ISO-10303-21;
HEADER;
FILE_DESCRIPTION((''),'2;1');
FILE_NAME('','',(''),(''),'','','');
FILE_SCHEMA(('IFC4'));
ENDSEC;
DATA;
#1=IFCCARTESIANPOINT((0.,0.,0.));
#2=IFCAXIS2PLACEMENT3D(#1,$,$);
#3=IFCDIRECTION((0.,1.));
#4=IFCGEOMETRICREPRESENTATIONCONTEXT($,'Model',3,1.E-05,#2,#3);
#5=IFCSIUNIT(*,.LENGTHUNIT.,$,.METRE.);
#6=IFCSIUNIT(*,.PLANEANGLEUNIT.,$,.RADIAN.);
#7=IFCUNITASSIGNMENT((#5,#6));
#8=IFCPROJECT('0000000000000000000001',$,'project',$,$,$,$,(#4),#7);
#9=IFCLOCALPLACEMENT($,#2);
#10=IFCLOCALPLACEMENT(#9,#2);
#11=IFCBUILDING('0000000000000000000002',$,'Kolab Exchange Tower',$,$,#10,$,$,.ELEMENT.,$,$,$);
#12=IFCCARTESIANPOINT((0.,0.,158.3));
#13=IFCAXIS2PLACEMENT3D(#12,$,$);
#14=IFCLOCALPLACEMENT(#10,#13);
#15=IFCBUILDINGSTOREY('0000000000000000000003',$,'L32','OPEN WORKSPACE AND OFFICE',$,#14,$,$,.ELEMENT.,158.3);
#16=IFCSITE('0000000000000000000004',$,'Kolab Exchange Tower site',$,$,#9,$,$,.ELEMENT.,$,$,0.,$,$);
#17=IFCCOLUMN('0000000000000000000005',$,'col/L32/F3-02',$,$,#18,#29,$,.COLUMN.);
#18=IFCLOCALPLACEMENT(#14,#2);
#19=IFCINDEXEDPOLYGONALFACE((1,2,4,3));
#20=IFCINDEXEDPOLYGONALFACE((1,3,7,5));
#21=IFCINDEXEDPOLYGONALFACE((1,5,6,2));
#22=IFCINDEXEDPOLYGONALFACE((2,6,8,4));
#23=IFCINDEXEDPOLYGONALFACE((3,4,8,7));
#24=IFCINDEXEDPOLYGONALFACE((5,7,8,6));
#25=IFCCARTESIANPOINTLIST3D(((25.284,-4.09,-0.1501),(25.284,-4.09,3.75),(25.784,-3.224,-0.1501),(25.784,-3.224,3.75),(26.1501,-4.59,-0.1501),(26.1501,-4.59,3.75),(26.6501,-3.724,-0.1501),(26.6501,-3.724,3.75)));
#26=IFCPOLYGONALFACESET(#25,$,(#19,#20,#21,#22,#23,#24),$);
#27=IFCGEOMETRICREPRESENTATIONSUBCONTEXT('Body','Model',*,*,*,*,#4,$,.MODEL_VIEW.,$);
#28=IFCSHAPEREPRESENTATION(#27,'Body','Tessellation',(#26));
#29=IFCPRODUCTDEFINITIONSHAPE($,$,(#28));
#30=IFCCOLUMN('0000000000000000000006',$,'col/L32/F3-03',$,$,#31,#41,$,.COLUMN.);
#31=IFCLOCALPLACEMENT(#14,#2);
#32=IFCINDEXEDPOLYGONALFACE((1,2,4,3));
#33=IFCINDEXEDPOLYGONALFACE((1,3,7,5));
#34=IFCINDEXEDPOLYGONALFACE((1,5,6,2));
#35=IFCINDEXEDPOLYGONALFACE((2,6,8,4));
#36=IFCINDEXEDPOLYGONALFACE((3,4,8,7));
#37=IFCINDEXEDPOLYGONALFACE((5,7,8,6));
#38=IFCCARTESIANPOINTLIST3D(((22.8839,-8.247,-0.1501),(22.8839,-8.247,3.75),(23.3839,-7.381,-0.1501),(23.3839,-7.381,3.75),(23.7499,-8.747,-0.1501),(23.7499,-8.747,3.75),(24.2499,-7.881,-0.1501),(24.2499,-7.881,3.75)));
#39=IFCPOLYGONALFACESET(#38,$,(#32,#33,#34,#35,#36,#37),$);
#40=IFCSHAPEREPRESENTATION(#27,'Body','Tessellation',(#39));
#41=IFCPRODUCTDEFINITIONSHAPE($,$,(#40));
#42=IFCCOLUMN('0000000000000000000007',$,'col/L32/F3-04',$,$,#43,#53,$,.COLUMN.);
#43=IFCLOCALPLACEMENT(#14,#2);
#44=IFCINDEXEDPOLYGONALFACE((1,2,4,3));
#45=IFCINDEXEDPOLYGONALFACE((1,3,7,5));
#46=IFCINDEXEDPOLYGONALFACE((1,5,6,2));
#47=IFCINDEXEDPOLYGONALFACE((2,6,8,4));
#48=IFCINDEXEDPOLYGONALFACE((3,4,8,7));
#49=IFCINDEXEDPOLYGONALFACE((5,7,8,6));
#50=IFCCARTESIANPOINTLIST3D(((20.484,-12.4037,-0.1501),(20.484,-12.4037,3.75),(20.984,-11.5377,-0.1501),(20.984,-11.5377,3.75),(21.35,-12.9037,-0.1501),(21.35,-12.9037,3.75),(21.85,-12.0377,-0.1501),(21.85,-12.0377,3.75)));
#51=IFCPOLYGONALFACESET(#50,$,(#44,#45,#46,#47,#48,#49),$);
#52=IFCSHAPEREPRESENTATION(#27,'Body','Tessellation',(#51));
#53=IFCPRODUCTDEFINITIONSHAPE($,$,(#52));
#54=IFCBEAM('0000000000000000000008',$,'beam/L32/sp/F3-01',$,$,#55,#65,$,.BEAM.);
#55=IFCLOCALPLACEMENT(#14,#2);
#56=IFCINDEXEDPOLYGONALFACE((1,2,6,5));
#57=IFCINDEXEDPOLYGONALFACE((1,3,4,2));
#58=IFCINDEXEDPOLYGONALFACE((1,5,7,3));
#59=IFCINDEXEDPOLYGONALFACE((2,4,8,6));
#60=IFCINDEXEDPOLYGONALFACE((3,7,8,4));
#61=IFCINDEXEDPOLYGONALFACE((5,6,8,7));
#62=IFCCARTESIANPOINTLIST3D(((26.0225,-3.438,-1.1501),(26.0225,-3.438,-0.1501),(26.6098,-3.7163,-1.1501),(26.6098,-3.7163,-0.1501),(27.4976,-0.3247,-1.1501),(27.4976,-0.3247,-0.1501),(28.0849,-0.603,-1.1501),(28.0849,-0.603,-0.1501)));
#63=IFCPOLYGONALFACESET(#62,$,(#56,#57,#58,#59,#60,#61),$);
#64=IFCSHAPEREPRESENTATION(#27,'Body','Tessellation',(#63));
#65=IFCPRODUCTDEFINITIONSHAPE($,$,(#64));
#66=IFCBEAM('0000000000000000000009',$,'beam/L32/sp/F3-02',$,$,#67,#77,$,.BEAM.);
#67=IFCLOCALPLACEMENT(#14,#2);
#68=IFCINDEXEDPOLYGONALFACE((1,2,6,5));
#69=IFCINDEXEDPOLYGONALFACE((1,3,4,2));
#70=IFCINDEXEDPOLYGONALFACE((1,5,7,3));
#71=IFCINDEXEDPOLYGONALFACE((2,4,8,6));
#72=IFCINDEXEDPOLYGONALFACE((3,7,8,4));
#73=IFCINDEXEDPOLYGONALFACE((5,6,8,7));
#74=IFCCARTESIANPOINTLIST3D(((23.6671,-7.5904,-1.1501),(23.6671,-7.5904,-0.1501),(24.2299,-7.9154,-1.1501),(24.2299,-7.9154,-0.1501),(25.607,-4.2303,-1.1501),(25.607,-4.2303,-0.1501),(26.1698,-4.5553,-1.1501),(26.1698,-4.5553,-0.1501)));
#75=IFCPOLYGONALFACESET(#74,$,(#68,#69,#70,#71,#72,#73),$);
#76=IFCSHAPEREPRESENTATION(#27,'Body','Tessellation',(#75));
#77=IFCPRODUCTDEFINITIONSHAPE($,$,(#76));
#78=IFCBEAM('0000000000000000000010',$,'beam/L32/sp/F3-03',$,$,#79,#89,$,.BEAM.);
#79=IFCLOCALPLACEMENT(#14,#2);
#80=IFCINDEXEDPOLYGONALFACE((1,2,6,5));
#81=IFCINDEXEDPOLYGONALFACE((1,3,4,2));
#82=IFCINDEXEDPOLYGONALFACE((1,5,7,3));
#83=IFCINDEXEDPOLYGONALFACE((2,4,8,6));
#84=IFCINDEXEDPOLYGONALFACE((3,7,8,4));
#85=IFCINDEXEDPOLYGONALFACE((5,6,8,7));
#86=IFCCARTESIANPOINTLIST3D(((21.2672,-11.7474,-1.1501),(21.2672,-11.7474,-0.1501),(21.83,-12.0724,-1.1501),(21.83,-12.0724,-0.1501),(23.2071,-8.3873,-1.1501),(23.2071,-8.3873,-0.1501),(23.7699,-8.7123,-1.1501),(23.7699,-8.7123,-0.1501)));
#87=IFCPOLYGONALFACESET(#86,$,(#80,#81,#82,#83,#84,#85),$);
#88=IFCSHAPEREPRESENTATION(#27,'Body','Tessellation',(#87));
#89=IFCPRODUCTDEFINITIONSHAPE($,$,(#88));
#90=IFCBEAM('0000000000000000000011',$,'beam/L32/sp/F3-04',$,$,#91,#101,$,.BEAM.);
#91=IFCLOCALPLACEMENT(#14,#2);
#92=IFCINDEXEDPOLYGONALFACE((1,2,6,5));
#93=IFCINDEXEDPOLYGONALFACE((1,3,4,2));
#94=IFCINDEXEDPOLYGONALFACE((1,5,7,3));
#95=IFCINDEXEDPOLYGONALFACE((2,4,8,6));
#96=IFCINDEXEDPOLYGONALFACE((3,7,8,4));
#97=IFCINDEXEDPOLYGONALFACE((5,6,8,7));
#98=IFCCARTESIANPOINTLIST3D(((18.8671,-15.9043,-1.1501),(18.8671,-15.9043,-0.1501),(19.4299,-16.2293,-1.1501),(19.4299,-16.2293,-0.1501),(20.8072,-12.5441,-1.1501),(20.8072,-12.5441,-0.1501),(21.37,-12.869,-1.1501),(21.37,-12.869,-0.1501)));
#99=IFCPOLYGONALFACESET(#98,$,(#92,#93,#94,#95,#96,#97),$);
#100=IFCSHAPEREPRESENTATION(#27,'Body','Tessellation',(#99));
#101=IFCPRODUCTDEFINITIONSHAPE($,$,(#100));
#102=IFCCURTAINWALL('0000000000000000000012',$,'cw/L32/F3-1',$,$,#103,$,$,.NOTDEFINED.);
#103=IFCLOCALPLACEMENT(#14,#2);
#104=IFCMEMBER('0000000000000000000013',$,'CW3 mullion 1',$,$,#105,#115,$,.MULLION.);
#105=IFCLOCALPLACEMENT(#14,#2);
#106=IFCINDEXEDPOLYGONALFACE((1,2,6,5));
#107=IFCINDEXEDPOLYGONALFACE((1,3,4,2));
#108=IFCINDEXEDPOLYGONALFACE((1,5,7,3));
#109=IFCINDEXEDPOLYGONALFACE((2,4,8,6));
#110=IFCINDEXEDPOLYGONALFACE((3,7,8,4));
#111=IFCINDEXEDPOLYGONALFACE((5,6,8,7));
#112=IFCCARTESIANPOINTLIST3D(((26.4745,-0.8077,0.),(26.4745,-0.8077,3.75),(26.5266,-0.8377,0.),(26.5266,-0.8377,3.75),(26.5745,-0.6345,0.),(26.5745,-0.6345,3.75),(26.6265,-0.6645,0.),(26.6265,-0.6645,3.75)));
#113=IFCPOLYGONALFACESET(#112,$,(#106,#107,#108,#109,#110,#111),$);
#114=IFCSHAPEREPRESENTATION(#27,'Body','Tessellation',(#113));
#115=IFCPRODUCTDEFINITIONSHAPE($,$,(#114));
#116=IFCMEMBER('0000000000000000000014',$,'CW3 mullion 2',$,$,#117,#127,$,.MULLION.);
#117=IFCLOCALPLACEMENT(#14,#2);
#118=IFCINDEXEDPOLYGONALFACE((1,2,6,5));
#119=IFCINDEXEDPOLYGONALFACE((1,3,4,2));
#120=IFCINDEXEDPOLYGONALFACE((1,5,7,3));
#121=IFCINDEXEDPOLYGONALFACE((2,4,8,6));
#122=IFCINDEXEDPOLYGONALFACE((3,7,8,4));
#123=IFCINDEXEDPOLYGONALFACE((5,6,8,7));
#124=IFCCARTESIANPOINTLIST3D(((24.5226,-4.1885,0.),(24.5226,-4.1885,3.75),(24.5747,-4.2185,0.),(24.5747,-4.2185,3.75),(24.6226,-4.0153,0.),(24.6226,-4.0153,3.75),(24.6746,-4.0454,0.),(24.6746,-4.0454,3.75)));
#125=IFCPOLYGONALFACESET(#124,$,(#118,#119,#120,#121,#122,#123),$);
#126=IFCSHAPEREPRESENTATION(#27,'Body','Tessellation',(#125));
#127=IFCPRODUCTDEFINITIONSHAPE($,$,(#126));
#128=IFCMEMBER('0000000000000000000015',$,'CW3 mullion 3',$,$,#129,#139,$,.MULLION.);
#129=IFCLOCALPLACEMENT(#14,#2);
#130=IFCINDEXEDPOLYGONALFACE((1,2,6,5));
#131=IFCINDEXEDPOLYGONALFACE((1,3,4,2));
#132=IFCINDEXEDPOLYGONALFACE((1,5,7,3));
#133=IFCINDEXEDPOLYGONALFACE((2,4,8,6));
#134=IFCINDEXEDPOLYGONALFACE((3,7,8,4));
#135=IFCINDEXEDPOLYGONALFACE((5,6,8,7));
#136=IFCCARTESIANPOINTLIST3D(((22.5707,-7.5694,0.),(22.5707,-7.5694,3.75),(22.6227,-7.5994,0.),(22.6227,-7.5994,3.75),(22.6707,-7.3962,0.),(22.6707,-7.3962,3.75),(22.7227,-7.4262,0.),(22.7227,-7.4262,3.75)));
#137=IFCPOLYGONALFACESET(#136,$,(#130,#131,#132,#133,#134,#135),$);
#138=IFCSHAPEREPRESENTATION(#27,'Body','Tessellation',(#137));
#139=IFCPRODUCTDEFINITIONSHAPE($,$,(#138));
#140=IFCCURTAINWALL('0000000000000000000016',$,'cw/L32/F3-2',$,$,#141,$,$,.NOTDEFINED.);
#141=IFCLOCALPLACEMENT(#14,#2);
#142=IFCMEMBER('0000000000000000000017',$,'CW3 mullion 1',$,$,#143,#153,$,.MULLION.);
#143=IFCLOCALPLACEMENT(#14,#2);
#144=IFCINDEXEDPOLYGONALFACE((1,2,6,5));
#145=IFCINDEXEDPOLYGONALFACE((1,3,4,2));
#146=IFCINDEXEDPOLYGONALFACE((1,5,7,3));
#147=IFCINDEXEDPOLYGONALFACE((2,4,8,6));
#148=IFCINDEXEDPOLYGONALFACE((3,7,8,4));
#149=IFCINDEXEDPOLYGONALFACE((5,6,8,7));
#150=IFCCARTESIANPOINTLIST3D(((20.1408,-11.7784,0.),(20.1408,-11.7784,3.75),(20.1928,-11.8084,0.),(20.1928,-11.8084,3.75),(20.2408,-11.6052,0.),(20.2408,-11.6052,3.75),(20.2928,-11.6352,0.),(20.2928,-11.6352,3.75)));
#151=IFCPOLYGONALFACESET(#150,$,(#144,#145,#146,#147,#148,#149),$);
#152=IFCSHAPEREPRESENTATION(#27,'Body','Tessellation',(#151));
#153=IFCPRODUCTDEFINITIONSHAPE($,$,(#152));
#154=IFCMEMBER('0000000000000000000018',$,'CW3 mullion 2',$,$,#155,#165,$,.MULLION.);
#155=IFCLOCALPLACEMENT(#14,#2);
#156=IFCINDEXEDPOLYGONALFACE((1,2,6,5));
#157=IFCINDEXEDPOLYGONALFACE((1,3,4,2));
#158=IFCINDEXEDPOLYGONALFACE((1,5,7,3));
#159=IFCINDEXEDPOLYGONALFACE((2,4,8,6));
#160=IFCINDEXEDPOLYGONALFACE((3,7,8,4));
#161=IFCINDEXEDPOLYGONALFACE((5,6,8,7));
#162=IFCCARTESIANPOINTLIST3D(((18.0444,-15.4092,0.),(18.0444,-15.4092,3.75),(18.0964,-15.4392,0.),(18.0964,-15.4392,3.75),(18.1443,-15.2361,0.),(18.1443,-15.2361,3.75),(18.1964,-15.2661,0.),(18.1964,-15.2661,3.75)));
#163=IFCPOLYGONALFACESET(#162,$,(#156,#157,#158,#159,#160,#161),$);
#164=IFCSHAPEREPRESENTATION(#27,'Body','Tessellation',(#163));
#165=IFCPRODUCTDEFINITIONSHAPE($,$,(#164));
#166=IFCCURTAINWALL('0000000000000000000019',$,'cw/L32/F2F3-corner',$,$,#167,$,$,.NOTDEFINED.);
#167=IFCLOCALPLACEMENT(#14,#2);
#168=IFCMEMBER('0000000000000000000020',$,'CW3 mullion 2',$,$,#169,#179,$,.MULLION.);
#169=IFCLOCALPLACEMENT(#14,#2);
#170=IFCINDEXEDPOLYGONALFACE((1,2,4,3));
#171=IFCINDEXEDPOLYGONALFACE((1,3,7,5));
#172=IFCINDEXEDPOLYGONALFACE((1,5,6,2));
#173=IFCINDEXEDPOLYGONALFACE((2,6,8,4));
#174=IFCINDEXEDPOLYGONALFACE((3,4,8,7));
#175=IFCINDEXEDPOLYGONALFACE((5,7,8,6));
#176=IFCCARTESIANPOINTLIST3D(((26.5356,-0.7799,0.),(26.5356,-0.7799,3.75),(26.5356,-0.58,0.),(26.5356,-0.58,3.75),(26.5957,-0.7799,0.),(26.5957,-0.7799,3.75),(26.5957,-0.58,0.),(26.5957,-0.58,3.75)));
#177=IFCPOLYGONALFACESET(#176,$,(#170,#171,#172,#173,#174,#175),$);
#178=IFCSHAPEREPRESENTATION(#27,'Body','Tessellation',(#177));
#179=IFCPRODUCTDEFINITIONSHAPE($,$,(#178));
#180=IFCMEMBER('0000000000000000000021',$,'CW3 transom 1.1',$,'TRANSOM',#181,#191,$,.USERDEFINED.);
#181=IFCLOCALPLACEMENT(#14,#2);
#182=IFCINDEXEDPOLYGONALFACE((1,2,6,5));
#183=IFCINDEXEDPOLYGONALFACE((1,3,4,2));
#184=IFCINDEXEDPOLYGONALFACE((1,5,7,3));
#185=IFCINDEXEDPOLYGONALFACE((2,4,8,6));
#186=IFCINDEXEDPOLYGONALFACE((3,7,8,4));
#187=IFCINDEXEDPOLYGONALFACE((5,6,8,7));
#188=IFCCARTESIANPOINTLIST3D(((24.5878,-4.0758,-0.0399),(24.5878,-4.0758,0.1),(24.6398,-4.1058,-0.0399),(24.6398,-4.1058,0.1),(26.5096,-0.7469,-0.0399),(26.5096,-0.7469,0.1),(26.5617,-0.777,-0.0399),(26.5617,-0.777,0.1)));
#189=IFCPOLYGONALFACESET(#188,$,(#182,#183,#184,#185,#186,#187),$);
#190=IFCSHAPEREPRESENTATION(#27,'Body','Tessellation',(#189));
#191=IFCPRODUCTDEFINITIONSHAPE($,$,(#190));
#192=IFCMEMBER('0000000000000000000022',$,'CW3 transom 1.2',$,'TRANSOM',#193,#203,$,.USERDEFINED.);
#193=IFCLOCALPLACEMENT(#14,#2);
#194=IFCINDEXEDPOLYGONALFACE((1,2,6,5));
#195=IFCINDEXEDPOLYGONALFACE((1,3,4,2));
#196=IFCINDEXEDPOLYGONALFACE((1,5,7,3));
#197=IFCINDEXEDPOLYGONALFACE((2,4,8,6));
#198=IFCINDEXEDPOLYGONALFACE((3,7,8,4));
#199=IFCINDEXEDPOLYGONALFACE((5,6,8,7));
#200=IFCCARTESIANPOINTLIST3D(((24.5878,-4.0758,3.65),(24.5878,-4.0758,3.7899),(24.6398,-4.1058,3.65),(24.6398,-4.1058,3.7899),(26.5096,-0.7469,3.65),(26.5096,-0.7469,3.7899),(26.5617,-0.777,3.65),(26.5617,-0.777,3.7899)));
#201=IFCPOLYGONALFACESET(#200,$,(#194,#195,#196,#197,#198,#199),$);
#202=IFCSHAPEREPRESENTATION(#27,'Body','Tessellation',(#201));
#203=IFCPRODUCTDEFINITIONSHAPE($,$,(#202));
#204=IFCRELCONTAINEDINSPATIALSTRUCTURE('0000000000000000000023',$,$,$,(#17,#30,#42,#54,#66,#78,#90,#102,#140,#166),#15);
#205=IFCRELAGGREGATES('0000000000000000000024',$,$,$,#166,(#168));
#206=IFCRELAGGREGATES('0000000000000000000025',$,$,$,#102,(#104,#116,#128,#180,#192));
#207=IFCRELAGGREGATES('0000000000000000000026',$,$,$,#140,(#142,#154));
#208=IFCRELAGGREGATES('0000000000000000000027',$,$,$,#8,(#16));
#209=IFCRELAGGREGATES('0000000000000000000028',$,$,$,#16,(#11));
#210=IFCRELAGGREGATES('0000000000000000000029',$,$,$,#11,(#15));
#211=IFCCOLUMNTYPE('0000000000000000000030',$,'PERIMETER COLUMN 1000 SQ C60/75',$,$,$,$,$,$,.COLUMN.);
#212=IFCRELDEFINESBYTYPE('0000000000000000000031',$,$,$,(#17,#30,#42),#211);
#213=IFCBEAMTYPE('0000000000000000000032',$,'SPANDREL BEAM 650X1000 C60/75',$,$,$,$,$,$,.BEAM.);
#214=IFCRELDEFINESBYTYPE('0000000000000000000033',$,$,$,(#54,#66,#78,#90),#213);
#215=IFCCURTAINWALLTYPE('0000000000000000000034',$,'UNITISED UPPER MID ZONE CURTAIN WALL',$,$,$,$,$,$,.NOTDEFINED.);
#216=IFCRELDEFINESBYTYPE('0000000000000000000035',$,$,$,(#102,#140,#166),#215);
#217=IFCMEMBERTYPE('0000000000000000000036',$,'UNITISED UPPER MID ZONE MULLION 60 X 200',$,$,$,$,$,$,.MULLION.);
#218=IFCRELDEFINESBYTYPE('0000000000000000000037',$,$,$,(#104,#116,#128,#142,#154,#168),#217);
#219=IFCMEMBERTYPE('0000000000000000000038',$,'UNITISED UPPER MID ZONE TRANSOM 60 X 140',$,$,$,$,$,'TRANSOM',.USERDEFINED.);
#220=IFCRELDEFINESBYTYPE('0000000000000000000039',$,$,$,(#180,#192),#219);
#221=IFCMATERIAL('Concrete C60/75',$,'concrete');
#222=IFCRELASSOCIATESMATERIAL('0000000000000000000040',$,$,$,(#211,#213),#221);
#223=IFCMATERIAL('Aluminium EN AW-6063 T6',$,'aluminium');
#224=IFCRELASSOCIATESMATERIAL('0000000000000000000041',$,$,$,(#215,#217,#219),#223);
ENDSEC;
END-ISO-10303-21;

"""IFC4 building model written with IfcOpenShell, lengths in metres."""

from ifc_helpers import new_model, si_unit, direction, frame, origin, origin_2d, place, context, subcontext, project, spatial, rectangle, extrude, material, material_profile, profile_set, type_object, element, aggregate, save


model = new_model("IFC4")

# Units and contexts
model_context = context("Model", 3, precision=1e-05, world=origin(), true_north=direction((0.0, 1.0)))
body_context = subcontext(model_context, "Body", "Model", "MODEL_VIEW")
ifc_project = project(units=[si_unit("LENGTHUNIT", "METRE"), si_unit("PLANEANGLEUNIT", "RADIAN")], contexts=[model_context])

# Site, building, storey
site_placement = place(None, origin())
site = spatial("IfcSite", under=ifc_project, at=site_placement, Name="Kolab Exchange Tower site", CompositionType="ELEMENT", RefElevation=0.0)
building_placement = place(site_placement, origin())
building = spatial("IfcBuilding", under=site, at=building_placement, Name="Kolab Exchange Tower", CompositionType="ELEMENT")
storey_placement = place(building_placement, frame((0.0, 0.0, 158.3)))
storey = spatial("IfcBuildingStorey", under=building, at=storey_placement, Name="L32", Description="OPEN WORKSPACE AND OFFICE", CompositionType="ELEMENT", Elevation=158.3)

# Columns
ifc_material_1 = material(Name="Concrete C60/75", Category="concrete")
ifc_material_profile_1 = material_profile(ifc_material_1, rectangle(XDim=1.0, YDim=1.0, at=origin_2d()), Name="RC1000")
ifc_profile_set_1 = profile_set([ifc_material_profile_1], Name="Concrete C60/75")
column_type = type_object("IfcColumnType", Name="PERIMETER COLUMN 1000 SQ C60/75", PredefinedType="COLUMN", material=ifc_profile_set_1)
for number, where, z_axis, x_axis, name in (
    (1, (25.967, -3.907, -0.1501), (0.0, 0.0, 1.0), (0.5, 0.866025, 0.0), "col/L32/F3-02"),
    (2, (23.5669, -8.064, -0.1501), (0.0, 0.0, 1.0), (0.5, 0.866025, 0.0), "col/L32/F3-03"),
    (3, (21.167, -12.2207, -0.1501), (0.0, 0.0, 1.0), (0.5, 0.866025, 0.0), "col/L32/F3-04"),
):
    element("IfcColumn", number, at=place(storey_placement, frame(where, z_axis=z_axis, x_axis=x_axis)), inside=storey, type_object=column_type, Name=name, PredefinedType="COLUMN", context=body_context, shape_type="SweptSolid", body=[
        extrude(rectangle(XDim=1.0, YDim=1.0, at=origin_2d()), origin(), (0.0, 0.0, 1.0), 3.9001),
    ])

# Beams
ifc_material_profile_2 = material_profile(ifc_material_1, rectangle(XDim=0.6499, YDim=1.0, at=origin_2d()), Name="RC650X1000")
ifc_profile_set_2 = profile_set([ifc_material_profile_2], Name="Concrete C60/75")
beam_type = type_object("IfcBeamType", Name="SPANDREL BEAM 650X1000 C60/75", PredefinedType="BEAM", material=ifc_profile_set_2)
beam_1_placement = place(storey_placement, frame((27.7913, -0.4639, -0.6501), z_axis=(-0.428178, -0.903695, 0.0), x_axis=(0.903695, -0.428178, 0.0)))
element("IfcBeam", 4, at=beam_1_placement, inside=storey, type_object=beam_type, Name="beam/L32/sp/F3-01", PredefinedType="BEAM", context=body_context, shape_type="SweptSolid", body=[
    extrude(rectangle(XDim=0.6499, YDim=1.0, at=origin_2d()), origin(), (0.0, 0.0, 1.0), 3.4451),
])
for number, where, z_axis, x_axis, name in (
    (5, (25.8884, -4.3928, -0.6501), (-0.499997, -0.866027, 0.0), (0.866027, -0.499997, 0.0), "beam/L32/sp/F3-02"),
    (6, (23.4885, -8.5498, -0.6501), (-0.499997, -0.866027, 0.0), (0.866027, -0.499997, 0.0), "beam/L32/sp/F3-03"),
):
    element("IfcBeam", number, at=place(storey_placement, frame(where, z_axis=z_axis, x_axis=x_axis)), inside=storey, type_object=beam_type, Name=name, PredefinedType="BEAM", context=body_context, shape_type="SweptSolid", body=[
        extrude(rectangle(XDim=0.6499, YDim=1.0, at=origin_2d()), origin(), (0.0, 0.0, 1.0), 3.8799),
    ])
beam_2_placement = place(storey_placement, frame((21.0886, -12.7065, -0.6501), z_axis=(-0.500017, -0.866016, 0.0), x_axis=(0.866016, -0.500017, 0.0)))
element("IfcBeam", 7, at=beam_2_placement, inside=storey, type_object=beam_type, Name="beam/L32/sp/F3-04", PredefinedType="BEAM", context=body_context, shape_type="SweptSolid", body=[
    extrude(rectangle(XDim=0.6499, YDim=1.0, at=origin_2d()), origin(), (0.0, 0.0, 1.0), 3.8801),
])

# Curtain walls, members
ifc_material_2 = material(Name="Aluminium EN AW-6063 T6", Category="aluminium")
curtain_wall_type = type_object("IfcCurtainWallType", Name="UNITISED UPPER MID ZONE CURTAIN WALL", PredefinedType="NOTDEFINED", material=ifc_material_2)
curtain_wall_1_placement = place(storey_placement, origin())
curtain_wall_1 = element("IfcCurtainWall", 8, at=curtain_wall_1_placement, inside=storey, type_object=curtain_wall_type, Name="cw/L32/F3-1", PredefinedType="NOTDEFINED")
ifc_material_profile_3 = material_profile(ifc_material_2, rectangle(XDim=0.0601, YDim=0.2, at=origin_2d()), Name="RECT 60X200")
ifc_profile_set_3 = profile_set([ifc_material_profile_3], Name="Aluminium EN AW-6063 T6")
member_type_1 = type_object("IfcMemberType", Name="UNITISED UPPER MID ZONE MULLION 60 X 200", PredefinedType="MULLION", material=ifc_profile_set_3)
member_1_placement = place(storey_placement, frame((26.5505, -0.7361, 0.0), z_axis=(0.0, 0.0, 1.0), x_axis=(0.866025, -0.5, 0.0)))
member_1 = element("IfcMember", 9, at=member_1_placement, type_object=member_type_1, Name="CW3 mullion 1", PredefinedType="MULLION", context=body_context, shape_type="SweptSolid", body=[
    extrude(rectangle(XDim=0.0601, YDim=0.2, at=origin_2d()), origin(), (0.0, 0.0, 1.0), 3.75),
])
member_2_placement = place(storey_placement, frame((24.5986, -4.1169, 0.0), z_axis=(0.0, 0.0, 1.0), x_axis=(0.866025, -0.5, 0.0)))
member_2 = element("IfcMember", 10, at=member_2_placement, type_object=member_type_1, Name="CW3 mullion 2", PredefinedType="MULLION", context=body_context, shape_type="SweptSolid", body=[
    extrude(rectangle(XDim=0.0601, YDim=0.2, at=origin_2d()), origin(), (0.0, 0.0, 1.0), 3.75),
])
member_3_placement = place(storey_placement, frame((22.6467, -7.4978, 0.0), z_axis=(0.0, 0.0, 1.0), x_axis=(0.866025, -0.5, 0.0)))
member_3 = element("IfcMember", 11, at=member_3_placement, type_object=member_type_1, Name="CW3 mullion 3", PredefinedType="MULLION", context=body_context, shape_type="SweptSolid", body=[
    extrude(rectangle(XDim=0.0601, YDim=0.2, at=origin_2d()), origin(), (0.0, 0.0, 1.0), 3.75),
])
curtain_wall_2_placement = place(storey_placement, origin())
curtain_wall_2 = element("IfcCurtainWall", 12, at=curtain_wall_2_placement, inside=storey, type_object=curtain_wall_type, Name="cw/L32/F3-2", PredefinedType="NOTDEFINED")
member_4_placement = place(storey_placement, frame((20.2168, -11.7068, 0.0), z_axis=(0.0, 0.0, 1.0), x_axis=(0.866025, -0.5, 0.0)))
member_4 = element("IfcMember", 13, at=member_4_placement, type_object=member_type_1, Name="CW3 mullion 1", PredefinedType="MULLION", context=body_context, shape_type="SweptSolid", body=[
    extrude(rectangle(XDim=0.0601, YDim=0.2, at=origin_2d()), origin(), (0.0, 0.0, 1.0), 3.75),
])
member_5_placement = place(storey_placement, frame((18.1204, -15.3376, 0.0), z_axis=(0.0, 0.0, 1.0), x_axis=(0.866025, -0.5, 0.0)))
member_5 = element("IfcMember", 14, at=member_5_placement, type_object=member_type_1, Name="CW3 mullion 2", PredefinedType="MULLION", context=body_context, shape_type="SweptSolid", body=[
    extrude(rectangle(XDim=0.0601, YDim=0.2, at=origin_2d()), origin(), (0.0, 0.0, 1.0), 3.75),
])

# Curtain wall, member
curtain_wall_3_placement = place(storey_placement, origin())
curtain_wall_3 = element("IfcCurtainWall", 15, at=curtain_wall_3_placement, inside=storey, type_object=curtain_wall_type, Name="cw/L32/F2F3-corner", PredefinedType="NOTDEFINED")
member_6_placement = place(storey_placement, frame((26.5657, -0.6799, 0.0), z_axis=(0.0, 0.0, 1.0), x_axis=(1.0, 0.0, 0.0)))
member_6 = element("IfcMember", 16, at=member_6_placement, type_object=member_type_1, Name="CW3 mullion 2", PredefinedType="MULLION", context=body_context, shape_type="SweptSolid", body=[
    extrude(rectangle(XDim=0.0601, YDim=0.2, at=origin_2d()), origin(), (0.0, 0.0, 1.0), 3.75),
])
aggregate(curtain_wall_3, [member_6])

# Members
ifc_material_profile_4 = material_profile(ifc_material_2, rectangle(XDim=0.0601, YDim=0.1399, at=origin_2d()), Name="RECT 60X140")
ifc_profile_set_4 = profile_set([ifc_material_profile_4], Name="Aluminium EN AW-6063 T6")
member_type_2 = type_object("IfcMemberType", Name="UNITISED UPPER MID ZONE TRANSOM 60 X 140", ElementType="TRANSOM", PredefinedType="USERDEFINED", material=ifc_profile_set_4)
member_7_placement = place(storey_placement, frame((26.5356, -0.762, 0.03), z_axis=(-0.499992, -0.86603, 0.0), x_axis=(0.86603, -0.499992, 0.0)))
member_7 = element("IfcMember", 17, at=member_7_placement, type_object=member_type_2, Name="CW3 transom 1.1", ObjectType="TRANSOM", PredefinedType="USERDEFINED", context=body_context, shape_type="SweptSolid", body=[
    extrude(rectangle(XDim=0.0601, YDim=0.1399, at=origin_2d()), origin(), (0.0, 0.0, 1.0), 3.8438),
])
member_8_placement = place(storey_placement, frame((26.5356, -0.762, 3.72), z_axis=(-0.499992, -0.86603, 0.0), x_axis=(0.86603, -0.499992, 0.0)))
member_8 = element("IfcMember", 18, at=member_8_placement, type_object=member_type_2, Name="CW3 transom 1.2", ObjectType="TRANSOM", PredefinedType="USERDEFINED", context=body_context, shape_type="SweptSolid", body=[
    extrude(rectangle(XDim=0.0601, YDim=0.1399, at=origin_2d()), origin(), (0.0, 0.0, 1.0), 3.8438),
])

aggregate(curtain_wall_1, [member_1, member_2, member_3, member_7, member_8])
aggregate(curtain_wall_2, [member_4, member_5])

save(model, "model.ifc")
